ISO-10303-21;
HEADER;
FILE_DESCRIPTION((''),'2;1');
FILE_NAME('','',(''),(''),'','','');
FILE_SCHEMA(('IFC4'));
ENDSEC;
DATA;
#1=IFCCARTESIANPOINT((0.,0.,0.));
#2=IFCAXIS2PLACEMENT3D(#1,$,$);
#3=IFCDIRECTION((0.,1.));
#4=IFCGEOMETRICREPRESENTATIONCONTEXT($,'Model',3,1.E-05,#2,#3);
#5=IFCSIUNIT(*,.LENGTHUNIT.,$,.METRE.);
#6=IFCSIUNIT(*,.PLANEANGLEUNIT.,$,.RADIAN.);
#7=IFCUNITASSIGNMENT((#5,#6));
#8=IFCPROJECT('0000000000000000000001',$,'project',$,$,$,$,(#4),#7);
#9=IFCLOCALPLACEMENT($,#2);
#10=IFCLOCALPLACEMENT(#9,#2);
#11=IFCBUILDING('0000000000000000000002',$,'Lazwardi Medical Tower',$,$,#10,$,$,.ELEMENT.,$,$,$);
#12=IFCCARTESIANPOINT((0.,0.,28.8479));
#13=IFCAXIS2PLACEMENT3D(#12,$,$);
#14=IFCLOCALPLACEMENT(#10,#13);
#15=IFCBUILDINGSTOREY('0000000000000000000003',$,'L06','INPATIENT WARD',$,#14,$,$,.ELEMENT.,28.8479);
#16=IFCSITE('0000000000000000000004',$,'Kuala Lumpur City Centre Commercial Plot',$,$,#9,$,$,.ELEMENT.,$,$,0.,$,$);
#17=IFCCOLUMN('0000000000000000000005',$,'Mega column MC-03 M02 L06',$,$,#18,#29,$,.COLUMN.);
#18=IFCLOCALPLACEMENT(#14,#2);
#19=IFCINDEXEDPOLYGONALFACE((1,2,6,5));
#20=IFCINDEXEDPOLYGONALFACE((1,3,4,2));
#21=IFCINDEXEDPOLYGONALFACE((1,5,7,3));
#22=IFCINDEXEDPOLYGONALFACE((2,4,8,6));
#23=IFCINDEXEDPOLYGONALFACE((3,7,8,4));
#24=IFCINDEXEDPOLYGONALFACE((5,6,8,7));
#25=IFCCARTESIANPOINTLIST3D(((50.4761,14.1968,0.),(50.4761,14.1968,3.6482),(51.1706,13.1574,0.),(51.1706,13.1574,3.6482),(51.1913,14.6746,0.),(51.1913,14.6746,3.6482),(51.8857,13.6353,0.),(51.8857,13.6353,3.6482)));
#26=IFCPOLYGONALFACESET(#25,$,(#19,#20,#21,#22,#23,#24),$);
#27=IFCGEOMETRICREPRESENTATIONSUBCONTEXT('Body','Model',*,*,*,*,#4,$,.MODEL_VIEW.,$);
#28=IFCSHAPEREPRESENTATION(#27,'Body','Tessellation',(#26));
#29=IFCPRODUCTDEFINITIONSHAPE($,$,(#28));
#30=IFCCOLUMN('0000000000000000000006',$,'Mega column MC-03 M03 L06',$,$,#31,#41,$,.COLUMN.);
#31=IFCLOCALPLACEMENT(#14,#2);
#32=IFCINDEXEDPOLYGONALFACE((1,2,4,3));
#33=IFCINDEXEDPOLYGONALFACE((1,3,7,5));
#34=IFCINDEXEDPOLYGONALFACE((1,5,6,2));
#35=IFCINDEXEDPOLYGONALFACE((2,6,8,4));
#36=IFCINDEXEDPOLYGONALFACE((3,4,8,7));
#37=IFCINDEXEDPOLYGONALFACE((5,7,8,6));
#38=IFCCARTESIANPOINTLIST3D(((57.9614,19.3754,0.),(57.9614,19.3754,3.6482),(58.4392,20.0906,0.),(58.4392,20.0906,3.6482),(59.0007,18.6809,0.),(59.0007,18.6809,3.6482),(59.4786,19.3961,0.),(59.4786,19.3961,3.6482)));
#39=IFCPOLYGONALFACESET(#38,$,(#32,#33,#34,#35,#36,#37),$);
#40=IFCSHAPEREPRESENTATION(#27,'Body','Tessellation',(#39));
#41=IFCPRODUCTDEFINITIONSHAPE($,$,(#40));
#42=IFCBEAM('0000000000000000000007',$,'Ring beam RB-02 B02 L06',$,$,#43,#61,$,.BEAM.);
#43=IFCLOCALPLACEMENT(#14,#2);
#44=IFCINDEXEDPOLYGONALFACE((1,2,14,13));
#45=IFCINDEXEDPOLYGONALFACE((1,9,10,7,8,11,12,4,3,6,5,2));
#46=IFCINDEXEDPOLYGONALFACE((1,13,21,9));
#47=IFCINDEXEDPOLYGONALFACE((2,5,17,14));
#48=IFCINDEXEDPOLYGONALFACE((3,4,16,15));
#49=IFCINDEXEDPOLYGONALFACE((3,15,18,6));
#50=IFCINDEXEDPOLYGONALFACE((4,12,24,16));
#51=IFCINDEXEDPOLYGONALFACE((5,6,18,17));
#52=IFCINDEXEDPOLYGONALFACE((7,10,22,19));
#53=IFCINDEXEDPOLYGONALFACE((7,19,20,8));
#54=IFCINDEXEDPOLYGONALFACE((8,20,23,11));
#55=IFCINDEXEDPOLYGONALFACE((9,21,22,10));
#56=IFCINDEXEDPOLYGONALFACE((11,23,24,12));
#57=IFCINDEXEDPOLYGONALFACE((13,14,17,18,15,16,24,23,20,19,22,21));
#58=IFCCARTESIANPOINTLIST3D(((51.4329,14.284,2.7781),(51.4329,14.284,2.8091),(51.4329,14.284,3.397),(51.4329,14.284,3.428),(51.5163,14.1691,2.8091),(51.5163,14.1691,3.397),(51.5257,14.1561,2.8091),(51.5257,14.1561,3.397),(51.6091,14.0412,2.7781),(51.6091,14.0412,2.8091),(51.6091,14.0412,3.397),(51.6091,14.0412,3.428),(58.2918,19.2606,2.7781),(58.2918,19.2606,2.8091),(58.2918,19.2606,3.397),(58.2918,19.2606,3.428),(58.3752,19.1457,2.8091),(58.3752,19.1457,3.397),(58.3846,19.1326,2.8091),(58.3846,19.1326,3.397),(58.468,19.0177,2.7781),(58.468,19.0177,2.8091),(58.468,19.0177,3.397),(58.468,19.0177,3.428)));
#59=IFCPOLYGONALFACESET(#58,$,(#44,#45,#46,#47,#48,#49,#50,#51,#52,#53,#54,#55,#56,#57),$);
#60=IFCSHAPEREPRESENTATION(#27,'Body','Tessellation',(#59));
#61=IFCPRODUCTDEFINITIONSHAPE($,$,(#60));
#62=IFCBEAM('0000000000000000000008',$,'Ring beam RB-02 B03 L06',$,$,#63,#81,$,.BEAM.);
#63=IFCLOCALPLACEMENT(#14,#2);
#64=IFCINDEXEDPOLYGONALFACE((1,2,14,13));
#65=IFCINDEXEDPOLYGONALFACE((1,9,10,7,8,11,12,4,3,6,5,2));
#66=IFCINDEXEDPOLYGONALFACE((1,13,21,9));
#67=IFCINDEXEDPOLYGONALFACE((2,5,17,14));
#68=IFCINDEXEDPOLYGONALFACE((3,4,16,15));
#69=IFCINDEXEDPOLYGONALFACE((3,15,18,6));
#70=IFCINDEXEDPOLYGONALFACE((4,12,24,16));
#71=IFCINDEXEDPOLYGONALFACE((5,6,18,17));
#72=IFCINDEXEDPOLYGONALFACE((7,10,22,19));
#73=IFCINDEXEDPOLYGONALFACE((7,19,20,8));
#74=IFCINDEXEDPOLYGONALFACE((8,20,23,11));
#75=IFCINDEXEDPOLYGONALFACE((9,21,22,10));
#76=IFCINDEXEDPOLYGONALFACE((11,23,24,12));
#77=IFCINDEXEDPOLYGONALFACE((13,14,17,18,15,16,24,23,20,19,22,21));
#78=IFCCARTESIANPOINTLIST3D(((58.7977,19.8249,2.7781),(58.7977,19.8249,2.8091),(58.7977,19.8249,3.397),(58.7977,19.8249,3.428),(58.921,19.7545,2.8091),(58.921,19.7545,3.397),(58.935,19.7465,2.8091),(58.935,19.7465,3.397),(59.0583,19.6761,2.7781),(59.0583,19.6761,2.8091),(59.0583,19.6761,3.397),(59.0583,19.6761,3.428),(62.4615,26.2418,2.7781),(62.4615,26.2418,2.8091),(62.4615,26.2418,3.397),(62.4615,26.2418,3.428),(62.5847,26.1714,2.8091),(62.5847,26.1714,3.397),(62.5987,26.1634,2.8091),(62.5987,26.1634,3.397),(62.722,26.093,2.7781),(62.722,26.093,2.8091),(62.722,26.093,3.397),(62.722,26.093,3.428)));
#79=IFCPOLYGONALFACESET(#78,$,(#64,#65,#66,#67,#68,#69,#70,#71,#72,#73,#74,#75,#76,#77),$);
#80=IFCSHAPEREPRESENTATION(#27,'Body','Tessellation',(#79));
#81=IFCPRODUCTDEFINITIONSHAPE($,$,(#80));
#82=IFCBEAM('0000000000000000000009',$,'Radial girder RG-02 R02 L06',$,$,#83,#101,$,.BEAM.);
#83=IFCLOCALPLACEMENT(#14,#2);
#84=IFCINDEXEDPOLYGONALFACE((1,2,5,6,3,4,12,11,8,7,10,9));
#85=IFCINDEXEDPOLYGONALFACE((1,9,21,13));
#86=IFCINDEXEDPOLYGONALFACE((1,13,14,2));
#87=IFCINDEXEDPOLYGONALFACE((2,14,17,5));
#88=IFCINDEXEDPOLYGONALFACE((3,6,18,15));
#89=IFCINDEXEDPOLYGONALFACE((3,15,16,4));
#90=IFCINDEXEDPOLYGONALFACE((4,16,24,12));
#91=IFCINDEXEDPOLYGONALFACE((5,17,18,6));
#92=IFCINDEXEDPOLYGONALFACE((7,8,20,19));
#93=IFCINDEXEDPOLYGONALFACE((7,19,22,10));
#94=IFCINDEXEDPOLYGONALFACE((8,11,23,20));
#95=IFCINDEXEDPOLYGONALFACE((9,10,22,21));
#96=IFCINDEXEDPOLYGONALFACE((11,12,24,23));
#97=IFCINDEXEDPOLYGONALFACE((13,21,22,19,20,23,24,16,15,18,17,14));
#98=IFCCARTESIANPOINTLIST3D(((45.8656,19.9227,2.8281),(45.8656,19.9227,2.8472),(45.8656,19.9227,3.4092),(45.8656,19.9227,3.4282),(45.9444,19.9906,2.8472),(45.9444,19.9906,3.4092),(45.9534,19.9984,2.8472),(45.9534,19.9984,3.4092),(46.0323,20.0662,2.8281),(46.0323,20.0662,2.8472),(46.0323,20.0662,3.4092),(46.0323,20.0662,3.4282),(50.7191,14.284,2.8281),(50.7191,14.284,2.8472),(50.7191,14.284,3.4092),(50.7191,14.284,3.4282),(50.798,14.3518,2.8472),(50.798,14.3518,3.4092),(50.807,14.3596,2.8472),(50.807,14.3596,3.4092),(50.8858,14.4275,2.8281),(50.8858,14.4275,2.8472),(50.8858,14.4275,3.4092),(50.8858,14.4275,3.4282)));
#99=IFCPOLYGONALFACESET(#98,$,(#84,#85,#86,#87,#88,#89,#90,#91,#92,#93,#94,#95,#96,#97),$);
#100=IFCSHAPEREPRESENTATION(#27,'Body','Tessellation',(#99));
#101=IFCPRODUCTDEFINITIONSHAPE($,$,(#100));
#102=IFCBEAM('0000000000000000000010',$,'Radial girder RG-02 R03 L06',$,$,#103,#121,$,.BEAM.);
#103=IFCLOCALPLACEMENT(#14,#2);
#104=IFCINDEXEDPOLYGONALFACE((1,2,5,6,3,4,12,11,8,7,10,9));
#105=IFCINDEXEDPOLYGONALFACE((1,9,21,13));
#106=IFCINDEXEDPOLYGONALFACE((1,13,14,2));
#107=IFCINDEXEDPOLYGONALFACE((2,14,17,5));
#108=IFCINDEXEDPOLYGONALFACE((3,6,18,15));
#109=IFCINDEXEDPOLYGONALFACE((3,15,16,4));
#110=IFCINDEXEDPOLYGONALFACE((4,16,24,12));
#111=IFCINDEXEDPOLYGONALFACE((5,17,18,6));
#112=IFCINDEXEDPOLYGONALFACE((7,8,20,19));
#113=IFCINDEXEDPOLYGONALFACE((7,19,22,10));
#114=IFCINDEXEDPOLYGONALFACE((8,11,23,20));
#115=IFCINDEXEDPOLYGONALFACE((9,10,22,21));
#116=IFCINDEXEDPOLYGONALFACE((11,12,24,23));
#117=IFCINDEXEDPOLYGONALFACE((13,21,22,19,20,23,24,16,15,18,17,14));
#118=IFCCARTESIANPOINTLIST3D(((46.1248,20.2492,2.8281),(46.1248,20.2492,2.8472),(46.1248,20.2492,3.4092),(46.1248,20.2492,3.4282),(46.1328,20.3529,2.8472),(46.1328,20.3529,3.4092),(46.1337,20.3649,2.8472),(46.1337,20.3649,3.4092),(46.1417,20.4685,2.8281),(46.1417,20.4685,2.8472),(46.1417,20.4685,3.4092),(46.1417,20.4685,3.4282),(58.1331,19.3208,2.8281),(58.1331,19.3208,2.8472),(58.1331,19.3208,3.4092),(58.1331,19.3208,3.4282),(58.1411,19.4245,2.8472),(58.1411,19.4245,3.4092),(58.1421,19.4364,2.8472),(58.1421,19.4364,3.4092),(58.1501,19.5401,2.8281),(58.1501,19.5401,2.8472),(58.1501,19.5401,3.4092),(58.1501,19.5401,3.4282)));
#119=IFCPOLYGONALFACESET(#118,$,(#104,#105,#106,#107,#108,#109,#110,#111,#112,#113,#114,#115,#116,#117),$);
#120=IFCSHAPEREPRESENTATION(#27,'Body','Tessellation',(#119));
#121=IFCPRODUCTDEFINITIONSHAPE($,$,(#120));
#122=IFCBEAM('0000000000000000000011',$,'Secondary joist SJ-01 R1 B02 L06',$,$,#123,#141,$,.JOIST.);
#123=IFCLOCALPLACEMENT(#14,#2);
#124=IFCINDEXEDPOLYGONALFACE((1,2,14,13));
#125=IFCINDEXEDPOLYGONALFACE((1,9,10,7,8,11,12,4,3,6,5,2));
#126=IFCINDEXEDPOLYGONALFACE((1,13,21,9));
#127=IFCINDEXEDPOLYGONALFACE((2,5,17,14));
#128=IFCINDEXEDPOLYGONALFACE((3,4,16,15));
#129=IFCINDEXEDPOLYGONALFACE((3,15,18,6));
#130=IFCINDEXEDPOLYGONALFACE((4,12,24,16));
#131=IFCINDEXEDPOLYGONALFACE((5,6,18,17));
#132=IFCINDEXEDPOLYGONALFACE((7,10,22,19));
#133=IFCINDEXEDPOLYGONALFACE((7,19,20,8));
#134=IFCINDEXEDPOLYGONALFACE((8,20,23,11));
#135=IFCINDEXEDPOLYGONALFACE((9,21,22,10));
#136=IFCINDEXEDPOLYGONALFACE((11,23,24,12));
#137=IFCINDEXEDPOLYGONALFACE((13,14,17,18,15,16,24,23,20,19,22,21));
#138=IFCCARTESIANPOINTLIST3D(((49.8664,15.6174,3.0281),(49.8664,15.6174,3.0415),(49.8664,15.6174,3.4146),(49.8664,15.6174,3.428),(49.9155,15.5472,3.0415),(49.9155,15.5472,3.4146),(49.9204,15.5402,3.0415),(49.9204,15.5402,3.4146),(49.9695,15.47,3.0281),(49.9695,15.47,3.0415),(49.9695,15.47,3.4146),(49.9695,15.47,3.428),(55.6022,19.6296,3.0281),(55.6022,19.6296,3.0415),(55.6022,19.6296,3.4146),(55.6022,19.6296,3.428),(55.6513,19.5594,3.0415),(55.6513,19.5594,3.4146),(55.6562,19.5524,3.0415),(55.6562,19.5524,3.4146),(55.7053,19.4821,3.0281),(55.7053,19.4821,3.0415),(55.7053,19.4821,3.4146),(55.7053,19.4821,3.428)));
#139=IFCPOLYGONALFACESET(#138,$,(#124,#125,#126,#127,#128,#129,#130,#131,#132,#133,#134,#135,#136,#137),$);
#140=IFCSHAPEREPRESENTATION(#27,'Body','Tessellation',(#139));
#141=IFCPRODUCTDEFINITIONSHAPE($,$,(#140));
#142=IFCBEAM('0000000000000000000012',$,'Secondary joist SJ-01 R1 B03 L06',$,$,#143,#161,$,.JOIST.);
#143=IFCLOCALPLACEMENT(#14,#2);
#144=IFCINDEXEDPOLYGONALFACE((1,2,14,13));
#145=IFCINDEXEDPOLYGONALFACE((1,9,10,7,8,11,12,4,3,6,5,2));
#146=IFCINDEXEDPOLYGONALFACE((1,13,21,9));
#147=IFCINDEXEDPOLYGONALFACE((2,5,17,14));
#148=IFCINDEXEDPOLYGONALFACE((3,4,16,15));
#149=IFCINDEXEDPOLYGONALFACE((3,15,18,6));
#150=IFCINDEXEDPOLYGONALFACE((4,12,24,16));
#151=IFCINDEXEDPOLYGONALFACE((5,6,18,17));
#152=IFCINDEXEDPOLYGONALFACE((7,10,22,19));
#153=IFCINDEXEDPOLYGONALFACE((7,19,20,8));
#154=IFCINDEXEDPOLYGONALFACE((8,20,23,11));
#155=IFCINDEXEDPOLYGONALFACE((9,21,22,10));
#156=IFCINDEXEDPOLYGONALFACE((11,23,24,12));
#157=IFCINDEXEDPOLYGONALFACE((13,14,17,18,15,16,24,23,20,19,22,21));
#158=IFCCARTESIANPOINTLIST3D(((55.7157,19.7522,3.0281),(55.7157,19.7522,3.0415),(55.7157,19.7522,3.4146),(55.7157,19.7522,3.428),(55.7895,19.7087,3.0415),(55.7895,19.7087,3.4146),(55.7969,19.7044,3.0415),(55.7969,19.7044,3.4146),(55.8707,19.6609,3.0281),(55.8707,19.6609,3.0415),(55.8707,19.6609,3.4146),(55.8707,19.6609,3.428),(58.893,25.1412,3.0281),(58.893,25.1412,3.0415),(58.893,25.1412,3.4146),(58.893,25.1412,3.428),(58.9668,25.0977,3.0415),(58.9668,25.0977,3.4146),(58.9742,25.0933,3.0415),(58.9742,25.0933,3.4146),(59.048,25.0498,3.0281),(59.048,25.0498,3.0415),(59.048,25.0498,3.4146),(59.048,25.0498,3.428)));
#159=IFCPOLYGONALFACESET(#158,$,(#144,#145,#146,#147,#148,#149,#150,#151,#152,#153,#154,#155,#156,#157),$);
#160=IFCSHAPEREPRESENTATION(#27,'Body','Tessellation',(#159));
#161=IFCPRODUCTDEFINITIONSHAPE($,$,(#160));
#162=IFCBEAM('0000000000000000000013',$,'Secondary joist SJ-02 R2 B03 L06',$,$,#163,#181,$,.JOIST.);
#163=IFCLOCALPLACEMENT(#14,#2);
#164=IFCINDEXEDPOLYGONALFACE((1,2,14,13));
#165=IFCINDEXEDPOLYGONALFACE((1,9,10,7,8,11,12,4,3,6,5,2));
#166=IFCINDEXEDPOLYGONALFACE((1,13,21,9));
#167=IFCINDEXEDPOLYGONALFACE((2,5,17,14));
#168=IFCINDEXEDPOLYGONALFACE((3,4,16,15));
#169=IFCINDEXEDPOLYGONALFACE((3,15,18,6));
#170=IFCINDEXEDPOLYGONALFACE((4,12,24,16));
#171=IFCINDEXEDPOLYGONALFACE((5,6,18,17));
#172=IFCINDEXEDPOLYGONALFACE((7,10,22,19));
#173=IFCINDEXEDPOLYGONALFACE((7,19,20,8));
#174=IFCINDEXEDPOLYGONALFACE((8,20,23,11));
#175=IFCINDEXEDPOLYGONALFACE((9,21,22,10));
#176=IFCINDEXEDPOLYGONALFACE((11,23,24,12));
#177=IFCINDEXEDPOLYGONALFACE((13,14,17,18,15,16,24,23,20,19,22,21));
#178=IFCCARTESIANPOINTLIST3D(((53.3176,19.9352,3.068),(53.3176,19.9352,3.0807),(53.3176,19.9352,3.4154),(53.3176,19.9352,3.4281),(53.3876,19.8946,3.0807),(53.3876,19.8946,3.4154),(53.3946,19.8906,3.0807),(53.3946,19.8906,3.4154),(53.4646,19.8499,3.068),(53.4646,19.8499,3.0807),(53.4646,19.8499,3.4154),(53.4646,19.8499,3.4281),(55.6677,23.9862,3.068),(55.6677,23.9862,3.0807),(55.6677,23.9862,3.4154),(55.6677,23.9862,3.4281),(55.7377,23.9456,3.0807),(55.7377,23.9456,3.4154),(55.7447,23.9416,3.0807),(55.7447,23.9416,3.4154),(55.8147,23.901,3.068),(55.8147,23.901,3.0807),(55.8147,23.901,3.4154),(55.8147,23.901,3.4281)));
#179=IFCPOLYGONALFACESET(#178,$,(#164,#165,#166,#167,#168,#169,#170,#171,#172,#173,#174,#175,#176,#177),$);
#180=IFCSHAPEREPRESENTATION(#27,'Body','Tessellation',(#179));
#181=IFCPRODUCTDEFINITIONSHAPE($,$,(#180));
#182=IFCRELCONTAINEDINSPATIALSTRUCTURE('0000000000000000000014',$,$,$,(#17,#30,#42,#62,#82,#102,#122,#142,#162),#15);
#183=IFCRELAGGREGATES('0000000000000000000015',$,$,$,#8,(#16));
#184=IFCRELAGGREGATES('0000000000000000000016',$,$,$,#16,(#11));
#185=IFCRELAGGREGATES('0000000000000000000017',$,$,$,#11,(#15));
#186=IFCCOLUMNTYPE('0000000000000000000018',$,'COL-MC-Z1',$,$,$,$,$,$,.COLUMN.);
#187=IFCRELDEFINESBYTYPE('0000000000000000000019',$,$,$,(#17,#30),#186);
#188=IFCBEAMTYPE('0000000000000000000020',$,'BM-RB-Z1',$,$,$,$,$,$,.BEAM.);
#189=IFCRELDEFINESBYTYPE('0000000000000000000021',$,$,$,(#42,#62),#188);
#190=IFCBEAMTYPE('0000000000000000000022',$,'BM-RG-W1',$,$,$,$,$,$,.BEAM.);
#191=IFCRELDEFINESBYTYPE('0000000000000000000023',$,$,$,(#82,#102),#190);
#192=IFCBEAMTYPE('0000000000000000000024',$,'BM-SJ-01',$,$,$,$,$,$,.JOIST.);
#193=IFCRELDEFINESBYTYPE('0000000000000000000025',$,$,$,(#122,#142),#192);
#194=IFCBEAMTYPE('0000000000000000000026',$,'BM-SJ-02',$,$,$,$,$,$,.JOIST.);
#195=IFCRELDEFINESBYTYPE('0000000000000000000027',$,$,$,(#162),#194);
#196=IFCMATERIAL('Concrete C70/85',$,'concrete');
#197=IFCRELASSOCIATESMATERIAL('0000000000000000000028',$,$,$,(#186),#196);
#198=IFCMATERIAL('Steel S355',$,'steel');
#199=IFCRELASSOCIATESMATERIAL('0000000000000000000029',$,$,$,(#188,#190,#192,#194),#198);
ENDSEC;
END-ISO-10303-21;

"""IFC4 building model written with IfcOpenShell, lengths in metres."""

from ifc_helpers import new_model, si_unit, direction, frame, origin, origin_2d, place, context, subcontext, project, spatial, rectangle, i_section, extrude, material, material_profile, profile_set, type_object, element, save


model = new_model("IFC4")

# Units and contexts
model_context = context("Model", 3, precision=1e-05, world=origin(), true_north=direction((0.0, 1.0)))
body_context = subcontext(model_context, "Body", "Model", "MODEL_VIEW")
ifc_project = project(units=[si_unit("LENGTHUNIT", "METRE"), si_unit("PLANEANGLEUNIT", "RADIAN")], contexts=[model_context])

# Site, building, storey
site_placement = place(None, origin())
site = spatial("IfcSite", under=ifc_project, at=site_placement, Name="Kuala Lumpur City Centre Commercial Plot", CompositionType="ELEMENT", RefElevation=0.0)
building_placement = place(site_placement, origin())
building = spatial("IfcBuilding", under=site, at=building_placement, Name="Lazwardi Medical Tower", CompositionType="ELEMENT")
storey_placement = place(building_placement, frame((0.0, 0.0, 28.8479)))
storey = spatial("IfcBuildingStorey", under=building, at=storey_placement, Name="L06", Description="INPATIENT WARD", CompositionType="ELEMENT", Elevation=28.8479)

# Columns
ifc_material_1 = material(Name="Concrete C70/85", Category="concrete")
ifc_material_profile_1 = material_profile(ifc_material_1, rectangle(XDim=1.25, YDim=0.8601, at=origin_2d()), Name="CFT-RECT 1250x860")
ifc_profile_set_1 = profile_set([ifc_material_profile_1], Name="Concrete C70/85")
column_type = type_object("IfcColumnType", Name="COL-MC-Z1", PredefinedType="COLUMN", material=ifc_profile_set_1)
for number, where, z_axis, x_axis, name in (
    (1, (51.1809, 13.916, 0.0), (0.0, 0.0, 1.0), (0.55557, -0.83147, 0.0), "Mega column MC-03 M02 L06"),
    (2, (58.72, 19.3857, 0.0), (0.0, 0.0, 1.0), (0.83147, -0.55557, 0.0), "Mega column MC-03 M03 L06"),
):
    element("IfcColumn", number, at=place(storey_placement, frame(where, z_axis=z_axis, x_axis=x_axis)), inside=storey, type_object=column_type, Name=name, PredefinedType="COLUMN", context=body_context, shape_type="SweptSolid", body=[
        extrude(rectangle(XDim=1.25, YDim=0.8601, at=origin_2d()), origin(), (0.0, 0.0, 1.0), 3.6482),
    ])

# Beams
ifc_material_2 = material(Name="Steel S355", Category="steel")
ifc_material_profile_2 = material_profile(ifc_material_2, i_section(OverallWidth=0.3, OverallDepth=0.6499, WebThickness=0.0161, FlangeThickness=0.031, at=origin_2d()), Name="HEB 650")
ifc_profile_set_2 = profile_set([ifc_material_profile_2], Name="Steel S355")
beam_type_1 = type_object("IfcBeamType", Name="BM-RB-Z1", PredefinedType="BEAM", material=ifc_profile_set_2)
beam_1_placement = place(storey_placement, frame((51.521, 14.1626, 3.103), z_axis=(0.809393, 0.587267, 0.0), x_axis=(-0.587267, 0.809393, 0.0)))
element("IfcBeam", 3, at=beam_1_placement, inside=storey, type_object=beam_type_1, Name="Ring beam RB-02 B02 L06", PredefinedType="BEAM", context=body_context, shape_type="SweptSolid", body=[
    extrude(i_section(OverallWidth=0.3, OverallDepth=0.6499, WebThickness=0.0161, FlangeThickness=0.031, at=origin_2d()), origin(), (0.0, 0.0, 1.0), 8.4741),
])
beam_2_placement = place(storey_placement, frame((58.928, 19.7505, 3.103), z_axis=(0.495829, 0.86842, 0.0), x_axis=(-0.86842, 0.495829, 0.0)))
element("IfcBeam", 4, at=beam_2_placement, inside=storey, type_object=beam_type_1, Name="Ring beam RB-02 B03 L06", PredefinedType="BEAM", context=body_context, shape_type="SweptSolid", body=[
    extrude(i_section(OverallWidth=0.3, OverallDepth=0.6499, WebThickness=0.0161, FlangeThickness=0.031, at=origin_2d()), origin(), (0.0, 0.0, 1.0), 7.3892),
])
ifc_material_profile_3 = material_profile(ifc_material_2, i_section(OverallWidth=0.22, OverallDepth=0.6001, WebThickness=0.012, FlangeThickness=0.019, at=origin_2d()), Name="IPE 600")
ifc_profile_set_3 = profile_set([ifc_material_profile_3], Name="Steel S355")
beam_type_2 = type_object("IfcBeamType", Name="BM-RG-W1", PredefinedType="BEAM", material=ifc_profile_set_3)
beam_3_placement = place(storey_placement, frame((50.8025, 14.3557, 3.1282), z_axis=(-0.652368, 0.757902, 0.0), x_axis=(-0.757902, -0.652368, 0.0)))
element("IfcBeam", 5, at=beam_3_placement, inside=storey, type_object=beam_type_2, Name="Radial girder RG-02 R02 L06", PredefinedType="BEAM", context=body_context, shape_type="SweptSolid", body=[
    extrude(i_section(OverallWidth=0.22, OverallDepth=0.6001, WebThickness=0.012, FlangeThickness=0.019, at=origin_2d()), origin(), (0.0, 0.0, 1.0), 7.4399),
])
beam_4_placement = place(storey_placement, frame((58.1416, 19.4304, 3.1282), z_axis=(-0.997024, 0.077089, 0.0), x_axis=(-0.077089, -0.997024, 0.0)))
element("IfcBeam", 6, at=beam_4_placement, inside=storey, type_object=beam_type_2, Name="Radial girder RG-02 R03 L06", PredefinedType="BEAM", context=body_context, shape_type="SweptSolid", body=[
    extrude(i_section(OverallWidth=0.22, OverallDepth=0.6001, WebThickness=0.012, FlangeThickness=0.019, at=origin_2d()), origin(), (0.0, 0.0, 1.0), 12.0442),
])
ifc_material_profile_4 = material_profile(ifc_material_2, i_section(OverallWidth=0.1799, OverallDepth=0.3999, WebThickness=0.0085, FlangeThickness=0.0134, at=origin_2d()), Name="IPE 400")
ifc_profile_set_4 = profile_set([ifc_material_profile_4], Name="Steel S355")
beam_type_3 = type_object("IfcBeamType", Name="BM-SJ-01", PredefinedType="JOIST", material=ifc_profile_set_4)
beam_5_placement = place(storey_placement, frame((49.918, 15.5437, 3.228), z_axis=(0.819425, 0.573186, 0.0), x_axis=(-0.573186, 0.819425, 0.0)))
element("IfcBeam", 7, at=beam_5_placement, inside=storey, type_object=beam_type_3, Name="Secondary joist SJ-01 R1 B02 L06", PredefinedType="JOIST", context=body_context, shape_type="SweptSolid", body=[
    extrude(i_section(OverallWidth=0.1799, OverallDepth=0.3999, WebThickness=0.0085, FlangeThickness=0.0134, at=origin_2d()), origin(), (0.0, 0.0, 1.0), 6.9998),
])
beam_6_placement = place(storey_placement, frame((55.7932, 19.7065, 3.228), z_axis=(0.507886, 0.861424, 0.0), x_axis=(-0.861424, 0.507886, 0.0)))
element("IfcBeam", 8, at=beam_6_placement, inside=storey, type_object=beam_type_3, Name="Secondary joist SJ-01 R1 B03 L06", PredefinedType="JOIST", context=body_context, shape_type="SweptSolid", body=[
    extrude(i_section(OverallWidth=0.1799, OverallDepth=0.3999, WebThickness=0.0085, FlangeThickness=0.0134, at=origin_2d()), origin(), (0.0, 0.0, 1.0), 6.2559),
])
ifc_material_profile_5 = material_profile(ifc_material_2, i_section(OverallWidth=0.1699, OverallDepth=0.3601, WebThickness=0.0081, FlangeThickness=0.0127, at=origin_2d()), Name="IPE 360")
ifc_profile_set_5 = profile_set([ifc_material_profile_5], Name="Steel S355")
beam_type_4 = type_object("IfcBeamType", Name="BM-SJ-02", PredefinedType="JOIST", material=ifc_profile_set_5)
beam_7_placement = place(storey_placement, frame((53.3911, 19.8926, 3.248), z_axis=(0.501798, 0.864985, 0.0), x_axis=(-0.864985, 0.501798, 0.0)))
element("IfcBeam", 9, at=beam_7_placement, inside=storey, type_object=beam_type_4, Name="Secondary joist SJ-02 R2 B03 L06", PredefinedType="JOIST", context=body_context, shape_type="SweptSolid", body=[
    extrude(i_section(OverallWidth=0.1699, OverallDepth=0.3601, WebThickness=0.0081, FlangeThickness=0.0127, at=origin_2d()), origin(), (0.0, 0.0, 1.0), 4.6833),
])

save(model, "model.ifc")
